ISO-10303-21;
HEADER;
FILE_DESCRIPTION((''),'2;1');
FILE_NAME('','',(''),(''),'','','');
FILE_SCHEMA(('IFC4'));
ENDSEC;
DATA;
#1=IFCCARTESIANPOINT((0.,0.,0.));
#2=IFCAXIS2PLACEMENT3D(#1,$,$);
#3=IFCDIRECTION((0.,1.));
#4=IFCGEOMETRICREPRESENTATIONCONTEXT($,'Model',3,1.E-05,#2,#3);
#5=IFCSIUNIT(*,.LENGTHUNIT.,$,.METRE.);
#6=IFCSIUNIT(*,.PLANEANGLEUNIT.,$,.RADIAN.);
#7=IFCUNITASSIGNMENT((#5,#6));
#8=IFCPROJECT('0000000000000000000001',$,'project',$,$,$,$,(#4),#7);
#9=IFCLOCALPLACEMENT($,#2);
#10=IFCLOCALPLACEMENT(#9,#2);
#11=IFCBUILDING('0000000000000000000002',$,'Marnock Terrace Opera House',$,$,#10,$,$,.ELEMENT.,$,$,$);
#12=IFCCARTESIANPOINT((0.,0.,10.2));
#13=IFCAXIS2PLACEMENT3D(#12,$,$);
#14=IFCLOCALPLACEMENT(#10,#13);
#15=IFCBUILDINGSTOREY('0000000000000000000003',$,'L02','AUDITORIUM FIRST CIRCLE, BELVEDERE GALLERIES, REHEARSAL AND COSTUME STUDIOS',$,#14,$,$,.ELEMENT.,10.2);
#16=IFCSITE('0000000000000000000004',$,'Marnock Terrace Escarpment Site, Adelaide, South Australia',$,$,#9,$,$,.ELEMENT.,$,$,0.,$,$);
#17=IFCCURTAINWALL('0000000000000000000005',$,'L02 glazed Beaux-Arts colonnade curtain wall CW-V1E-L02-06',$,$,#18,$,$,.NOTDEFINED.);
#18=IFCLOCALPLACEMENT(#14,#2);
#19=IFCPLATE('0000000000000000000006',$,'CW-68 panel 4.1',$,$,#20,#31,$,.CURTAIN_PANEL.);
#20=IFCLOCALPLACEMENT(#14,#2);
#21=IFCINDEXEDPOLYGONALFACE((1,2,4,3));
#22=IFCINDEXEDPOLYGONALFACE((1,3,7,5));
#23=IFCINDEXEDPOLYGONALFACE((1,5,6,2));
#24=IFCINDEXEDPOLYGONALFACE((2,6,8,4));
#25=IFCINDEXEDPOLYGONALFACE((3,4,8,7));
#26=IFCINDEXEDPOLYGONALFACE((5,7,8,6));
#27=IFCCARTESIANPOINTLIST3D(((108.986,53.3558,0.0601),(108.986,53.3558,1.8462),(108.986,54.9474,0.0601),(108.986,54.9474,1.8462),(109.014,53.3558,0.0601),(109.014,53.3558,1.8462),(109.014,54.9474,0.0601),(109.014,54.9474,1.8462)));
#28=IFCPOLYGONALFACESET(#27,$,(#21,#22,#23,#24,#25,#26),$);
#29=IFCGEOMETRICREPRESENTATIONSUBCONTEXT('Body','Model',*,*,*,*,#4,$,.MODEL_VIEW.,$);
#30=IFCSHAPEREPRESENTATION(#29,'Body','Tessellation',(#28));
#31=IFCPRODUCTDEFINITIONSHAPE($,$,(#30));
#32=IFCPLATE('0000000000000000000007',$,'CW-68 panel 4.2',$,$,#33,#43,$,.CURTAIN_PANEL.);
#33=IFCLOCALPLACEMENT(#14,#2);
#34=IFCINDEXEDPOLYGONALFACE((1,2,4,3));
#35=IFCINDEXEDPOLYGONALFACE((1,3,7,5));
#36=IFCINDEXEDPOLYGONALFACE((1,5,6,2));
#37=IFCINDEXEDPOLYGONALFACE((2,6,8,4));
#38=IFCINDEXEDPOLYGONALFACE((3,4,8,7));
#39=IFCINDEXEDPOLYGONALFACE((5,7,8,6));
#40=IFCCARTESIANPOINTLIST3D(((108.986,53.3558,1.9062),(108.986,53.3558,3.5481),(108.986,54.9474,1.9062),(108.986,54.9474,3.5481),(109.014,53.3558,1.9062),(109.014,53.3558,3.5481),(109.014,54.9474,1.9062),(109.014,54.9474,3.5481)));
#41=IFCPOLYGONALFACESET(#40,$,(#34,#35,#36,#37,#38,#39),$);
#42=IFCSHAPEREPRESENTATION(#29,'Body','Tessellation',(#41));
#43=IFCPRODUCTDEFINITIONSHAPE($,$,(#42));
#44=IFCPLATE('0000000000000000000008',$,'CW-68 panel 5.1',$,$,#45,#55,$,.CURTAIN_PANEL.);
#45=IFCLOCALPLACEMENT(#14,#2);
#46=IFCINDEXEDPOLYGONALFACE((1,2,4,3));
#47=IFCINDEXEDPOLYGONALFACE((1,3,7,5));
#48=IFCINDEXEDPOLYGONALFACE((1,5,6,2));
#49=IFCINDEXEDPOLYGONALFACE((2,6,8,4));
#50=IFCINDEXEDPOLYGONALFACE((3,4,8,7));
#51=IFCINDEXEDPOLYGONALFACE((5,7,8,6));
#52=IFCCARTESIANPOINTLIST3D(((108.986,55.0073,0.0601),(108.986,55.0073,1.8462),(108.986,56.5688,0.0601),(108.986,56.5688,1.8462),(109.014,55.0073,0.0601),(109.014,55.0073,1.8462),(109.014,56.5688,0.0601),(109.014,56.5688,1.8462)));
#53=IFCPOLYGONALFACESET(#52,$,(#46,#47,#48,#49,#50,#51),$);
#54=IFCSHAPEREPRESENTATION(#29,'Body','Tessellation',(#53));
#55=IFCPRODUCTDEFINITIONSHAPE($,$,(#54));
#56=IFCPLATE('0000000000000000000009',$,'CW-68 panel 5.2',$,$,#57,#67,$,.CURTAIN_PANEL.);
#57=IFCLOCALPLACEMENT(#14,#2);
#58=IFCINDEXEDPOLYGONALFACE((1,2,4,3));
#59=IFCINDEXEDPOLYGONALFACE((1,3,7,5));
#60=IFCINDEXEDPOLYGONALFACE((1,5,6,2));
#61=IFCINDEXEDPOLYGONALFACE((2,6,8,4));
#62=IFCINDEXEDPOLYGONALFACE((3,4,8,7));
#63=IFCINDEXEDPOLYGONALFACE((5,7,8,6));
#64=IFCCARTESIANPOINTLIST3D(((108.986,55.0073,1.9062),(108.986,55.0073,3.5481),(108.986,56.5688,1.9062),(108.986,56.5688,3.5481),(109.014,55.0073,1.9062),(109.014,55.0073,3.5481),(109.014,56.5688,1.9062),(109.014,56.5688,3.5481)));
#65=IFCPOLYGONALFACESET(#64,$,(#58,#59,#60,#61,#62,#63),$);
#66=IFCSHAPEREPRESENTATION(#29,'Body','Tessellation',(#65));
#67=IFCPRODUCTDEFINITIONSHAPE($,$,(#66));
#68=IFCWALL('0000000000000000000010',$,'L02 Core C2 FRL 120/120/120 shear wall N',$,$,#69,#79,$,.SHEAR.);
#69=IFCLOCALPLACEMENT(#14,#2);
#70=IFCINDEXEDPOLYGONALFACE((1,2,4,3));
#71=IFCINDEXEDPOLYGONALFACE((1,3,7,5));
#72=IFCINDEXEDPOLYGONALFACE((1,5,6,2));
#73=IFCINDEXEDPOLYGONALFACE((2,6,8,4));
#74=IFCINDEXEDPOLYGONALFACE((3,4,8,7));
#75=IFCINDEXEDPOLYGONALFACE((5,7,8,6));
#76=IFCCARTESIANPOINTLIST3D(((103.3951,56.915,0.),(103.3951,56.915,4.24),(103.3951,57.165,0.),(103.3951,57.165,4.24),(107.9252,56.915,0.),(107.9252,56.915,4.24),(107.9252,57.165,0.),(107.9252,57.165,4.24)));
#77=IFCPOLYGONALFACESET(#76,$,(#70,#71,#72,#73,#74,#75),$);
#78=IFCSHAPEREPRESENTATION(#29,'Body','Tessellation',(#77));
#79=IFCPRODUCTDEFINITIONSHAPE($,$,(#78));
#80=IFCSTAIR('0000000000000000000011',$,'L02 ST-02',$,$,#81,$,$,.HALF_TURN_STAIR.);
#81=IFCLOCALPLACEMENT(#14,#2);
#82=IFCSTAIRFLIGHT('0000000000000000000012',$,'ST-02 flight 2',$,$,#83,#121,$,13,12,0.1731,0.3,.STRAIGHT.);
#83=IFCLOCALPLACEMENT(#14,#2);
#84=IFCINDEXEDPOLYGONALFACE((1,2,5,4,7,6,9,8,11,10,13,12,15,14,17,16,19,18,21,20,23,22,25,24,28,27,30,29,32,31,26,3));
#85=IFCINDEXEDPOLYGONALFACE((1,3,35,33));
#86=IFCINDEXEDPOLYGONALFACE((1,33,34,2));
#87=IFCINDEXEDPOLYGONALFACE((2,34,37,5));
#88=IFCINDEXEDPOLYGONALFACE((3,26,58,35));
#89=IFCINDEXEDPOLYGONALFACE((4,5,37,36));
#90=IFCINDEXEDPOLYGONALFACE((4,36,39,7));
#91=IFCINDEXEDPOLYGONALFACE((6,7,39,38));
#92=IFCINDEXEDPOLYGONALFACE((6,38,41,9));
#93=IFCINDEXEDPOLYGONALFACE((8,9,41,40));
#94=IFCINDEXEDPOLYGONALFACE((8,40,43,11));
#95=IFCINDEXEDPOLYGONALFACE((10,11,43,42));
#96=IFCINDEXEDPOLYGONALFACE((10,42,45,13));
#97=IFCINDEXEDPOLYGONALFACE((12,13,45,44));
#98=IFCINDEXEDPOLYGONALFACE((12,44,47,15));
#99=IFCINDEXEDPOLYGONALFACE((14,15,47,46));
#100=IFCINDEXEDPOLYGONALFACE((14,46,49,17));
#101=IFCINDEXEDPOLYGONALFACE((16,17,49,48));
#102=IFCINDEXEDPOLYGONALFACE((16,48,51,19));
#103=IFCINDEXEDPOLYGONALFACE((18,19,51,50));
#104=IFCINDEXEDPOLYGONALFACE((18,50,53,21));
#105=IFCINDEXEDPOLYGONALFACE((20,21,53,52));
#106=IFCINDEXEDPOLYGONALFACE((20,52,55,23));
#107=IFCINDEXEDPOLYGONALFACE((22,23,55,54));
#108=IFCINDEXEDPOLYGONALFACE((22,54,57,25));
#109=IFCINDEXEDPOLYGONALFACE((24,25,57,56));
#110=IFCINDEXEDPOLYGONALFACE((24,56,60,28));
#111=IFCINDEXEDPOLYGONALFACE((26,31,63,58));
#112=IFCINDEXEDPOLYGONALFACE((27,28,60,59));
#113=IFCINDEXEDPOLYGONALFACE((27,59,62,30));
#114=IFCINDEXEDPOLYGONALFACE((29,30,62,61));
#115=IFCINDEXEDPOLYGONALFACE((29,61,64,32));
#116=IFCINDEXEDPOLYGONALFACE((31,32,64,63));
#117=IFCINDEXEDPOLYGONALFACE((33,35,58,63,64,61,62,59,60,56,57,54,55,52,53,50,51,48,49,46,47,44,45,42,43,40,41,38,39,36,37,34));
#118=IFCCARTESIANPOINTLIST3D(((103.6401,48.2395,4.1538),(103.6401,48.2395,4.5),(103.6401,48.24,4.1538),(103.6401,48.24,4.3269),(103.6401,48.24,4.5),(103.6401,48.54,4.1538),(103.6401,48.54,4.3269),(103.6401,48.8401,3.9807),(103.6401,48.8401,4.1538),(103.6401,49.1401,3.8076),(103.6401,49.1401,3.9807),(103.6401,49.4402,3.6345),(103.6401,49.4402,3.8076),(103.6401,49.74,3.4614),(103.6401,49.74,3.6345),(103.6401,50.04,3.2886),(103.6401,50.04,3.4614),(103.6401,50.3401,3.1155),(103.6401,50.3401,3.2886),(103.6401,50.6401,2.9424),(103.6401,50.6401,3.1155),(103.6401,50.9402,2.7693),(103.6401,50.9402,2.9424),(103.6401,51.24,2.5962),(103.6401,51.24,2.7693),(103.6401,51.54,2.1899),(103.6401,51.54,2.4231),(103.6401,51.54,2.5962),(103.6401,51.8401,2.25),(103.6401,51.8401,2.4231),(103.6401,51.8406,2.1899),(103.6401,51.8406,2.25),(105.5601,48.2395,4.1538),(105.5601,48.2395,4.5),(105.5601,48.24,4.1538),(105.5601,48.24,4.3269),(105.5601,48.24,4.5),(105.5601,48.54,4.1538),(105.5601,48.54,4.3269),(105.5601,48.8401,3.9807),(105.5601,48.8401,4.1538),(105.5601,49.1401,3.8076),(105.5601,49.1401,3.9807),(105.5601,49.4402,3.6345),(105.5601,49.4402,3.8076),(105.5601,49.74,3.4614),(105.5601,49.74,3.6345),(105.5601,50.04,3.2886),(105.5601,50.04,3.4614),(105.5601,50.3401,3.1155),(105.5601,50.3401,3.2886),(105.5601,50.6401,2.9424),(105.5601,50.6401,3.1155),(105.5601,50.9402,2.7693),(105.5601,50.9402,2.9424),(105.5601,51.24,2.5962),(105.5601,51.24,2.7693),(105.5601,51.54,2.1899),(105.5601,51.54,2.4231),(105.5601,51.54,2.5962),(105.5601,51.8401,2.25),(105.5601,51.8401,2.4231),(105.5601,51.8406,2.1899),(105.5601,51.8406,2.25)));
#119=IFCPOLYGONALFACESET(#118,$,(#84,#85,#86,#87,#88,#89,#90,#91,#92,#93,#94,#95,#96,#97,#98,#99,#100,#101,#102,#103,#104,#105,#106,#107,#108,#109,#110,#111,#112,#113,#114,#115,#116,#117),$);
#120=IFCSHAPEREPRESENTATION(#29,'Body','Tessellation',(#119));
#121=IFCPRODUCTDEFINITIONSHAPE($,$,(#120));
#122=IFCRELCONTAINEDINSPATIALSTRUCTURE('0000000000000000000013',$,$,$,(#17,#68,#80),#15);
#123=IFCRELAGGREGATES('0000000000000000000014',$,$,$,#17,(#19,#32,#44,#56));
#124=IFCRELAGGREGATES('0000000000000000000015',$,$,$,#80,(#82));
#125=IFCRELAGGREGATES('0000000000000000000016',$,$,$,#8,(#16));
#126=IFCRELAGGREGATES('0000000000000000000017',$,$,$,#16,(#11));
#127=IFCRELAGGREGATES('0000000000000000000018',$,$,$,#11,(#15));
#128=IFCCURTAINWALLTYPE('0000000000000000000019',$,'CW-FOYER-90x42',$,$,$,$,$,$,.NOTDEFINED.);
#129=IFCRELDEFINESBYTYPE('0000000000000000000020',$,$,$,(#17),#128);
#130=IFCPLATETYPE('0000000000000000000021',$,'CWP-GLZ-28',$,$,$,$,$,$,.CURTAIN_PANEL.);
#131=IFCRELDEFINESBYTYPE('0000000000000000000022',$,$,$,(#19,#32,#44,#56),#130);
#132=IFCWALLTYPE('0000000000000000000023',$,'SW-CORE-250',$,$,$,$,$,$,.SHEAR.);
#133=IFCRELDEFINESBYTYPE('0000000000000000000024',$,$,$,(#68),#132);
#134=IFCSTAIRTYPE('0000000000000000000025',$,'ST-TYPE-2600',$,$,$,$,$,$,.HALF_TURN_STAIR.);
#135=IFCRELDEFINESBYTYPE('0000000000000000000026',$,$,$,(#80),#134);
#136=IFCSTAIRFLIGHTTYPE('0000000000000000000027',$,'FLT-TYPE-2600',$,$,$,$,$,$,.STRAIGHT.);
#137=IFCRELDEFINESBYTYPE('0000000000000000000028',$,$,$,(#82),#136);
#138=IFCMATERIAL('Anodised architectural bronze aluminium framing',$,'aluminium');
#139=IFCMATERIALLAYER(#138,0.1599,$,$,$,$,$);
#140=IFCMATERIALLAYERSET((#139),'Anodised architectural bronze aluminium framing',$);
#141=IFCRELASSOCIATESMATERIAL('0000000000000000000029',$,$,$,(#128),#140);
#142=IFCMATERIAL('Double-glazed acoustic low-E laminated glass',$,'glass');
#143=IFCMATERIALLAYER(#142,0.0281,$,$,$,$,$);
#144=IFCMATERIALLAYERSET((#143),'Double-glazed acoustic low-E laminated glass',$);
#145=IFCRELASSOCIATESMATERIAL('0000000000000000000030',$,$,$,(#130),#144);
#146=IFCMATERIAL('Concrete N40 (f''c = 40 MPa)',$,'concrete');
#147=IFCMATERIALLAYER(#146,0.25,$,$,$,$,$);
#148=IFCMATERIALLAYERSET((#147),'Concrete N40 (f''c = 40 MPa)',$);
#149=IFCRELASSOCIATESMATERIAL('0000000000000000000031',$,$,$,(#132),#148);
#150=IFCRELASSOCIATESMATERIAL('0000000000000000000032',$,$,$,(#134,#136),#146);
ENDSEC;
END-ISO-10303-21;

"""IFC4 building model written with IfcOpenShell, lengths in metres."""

from ifc_helpers import new_model, si_unit, direction, frame, frame_2d, origin, origin_2d, place, context, subcontext, project, spatial, polyline, rectangle, outline, extrude, material, layer, layer_set, type_object, element, aggregate, save


model = new_model("IFC4")

# Units and contexts
model_context = context("Model", 3, precision=1e-05, world=origin(), true_north=direction((0.0, 1.0)))
body_context = subcontext(model_context, "Body", "Model", "MODEL_VIEW")
ifc_project = project(units=[si_unit("LENGTHUNIT", "METRE"), si_unit("PLANEANGLEUNIT", "RADIAN")], contexts=[model_context])

# Site, building, storey
site_placement = place(None, origin())
site = spatial("IfcSite", under=ifc_project, at=site_placement, Name="Marnock Terrace Escarpment Site, Adelaide, South Australia", CompositionType="ELEMENT", RefElevation=0.0)
building_placement = place(site_placement, origin())
building = spatial("IfcBuilding", under=site, at=building_placement, Name="Marnock Terrace Opera House", CompositionType="ELEMENT")
storey_placement = place(building_placement, frame((0.0, 0.0, 10.2)))
storey = spatial("IfcBuildingStorey", under=building, at=storey_placement, Name="L02", Description="AUDITORIUM FIRST CIRCLE, BELVEDERE GALLERIES, REHEARSAL AND COSTUME STUDIOS", CompositionType="ELEMENT", Elevation=10.2)

# Curtain wall, plates
ifc_material_1 = material(Name="Anodised architectural bronze aluminium framing", Category="aluminium")
ifc_layer_1 = layer(ifc_material_1, 0.1599)
ifc_layer_set_1 = layer_set([ifc_layer_1], Name="Anodised architectural bronze aluminium framing")
curtain_wall_type = type_object("IfcCurtainWallType", Name="CW-FOYER-90x42", PredefinedType="NOTDEFINED", material=ifc_layer_set_1)
curtain_wall_placement = place(storey_placement, origin())
curtain_wall = element("IfcCurtainWall", 1, at=curtain_wall_placement, inside=storey, type_object=curtain_wall_type, Name="L02 glazed Beaux-Arts colonnade curtain wall CW-V1E-L02-06", PredefinedType="NOTDEFINED")
ifc_material_2 = material(Name="Double-glazed acoustic low-E laminated glass", Category="glass")
ifc_layer_2 = layer(ifc_material_2, 0.0281)
ifc_layer_set_2 = layer_set([ifc_layer_2], Name="Double-glazed acoustic low-E laminated glass")
plate_type = type_object("IfcPlateType", Name="CWP-GLZ-28", PredefinedType="CURTAIN_PANEL", material=ifc_layer_set_2)
plate_1_placement = place(storey_placement, frame((109.0, 54.1516, 0.0601), z_axis=(0.0, 0.0, 1.0), x_axis=(0.0, 1.0, 0.0)))
plate_1 = element("IfcPlate", 2, at=plate_1_placement, type_object=plate_type, Name="CW-68 panel 4.1", PredefinedType="CURTAIN_PANEL", context=body_context, shape_type="SweptSolid", body=[
    extrude(rectangle(XDim=1.5916, YDim=0.0281, at=origin_2d()), origin(), (0.0, 0.0, 1.0), 1.7861),
])
plate_2_placement = place(storey_placement, frame((109.0, 54.1516, 1.9062), z_axis=(0.0, 0.0, 1.0), x_axis=(0.0, 1.0, 0.0)))
plate_2 = element("IfcPlate", 3, at=plate_2_placement, type_object=plate_type, Name="CW-68 panel 4.2", PredefinedType="CURTAIN_PANEL", context=body_context, shape_type="SweptSolid", body=[
    extrude(rectangle(XDim=1.5916, YDim=0.0281, at=origin_2d()), origin(), (0.0, 0.0, 1.0), 1.6418),
])
plate_3_placement = place(storey_placement, frame((109.0, 55.7881, 0.0601), z_axis=(0.0, 0.0, 1.0), x_axis=(0.0, 1.0, 0.0)))
plate_3 = element("IfcPlate", 4, at=plate_3_placement, type_object=plate_type, Name="CW-68 panel 5.1", PredefinedType="CURTAIN_PANEL", context=body_context, shape_type="SweptSolid", body=[
    extrude(rectangle(XDim=1.5615, YDim=0.0281, at=origin_2d()), origin(), (0.0, 0.0, 1.0), 1.7861),
])
plate_4_placement = place(storey_placement, frame((109.0, 55.7881, 1.9062), z_axis=(0.0, 0.0, 1.0), x_axis=(0.0, 1.0, 0.0)))
plate_4 = element("IfcPlate", 5, at=plate_4_placement, type_object=plate_type, Name="CW-68 panel 5.2", PredefinedType="CURTAIN_PANEL", context=body_context, shape_type="SweptSolid", body=[
    extrude(rectangle(XDim=1.5615, YDim=0.0281, at=origin_2d()), origin(), (0.0, 0.0, 1.0), 1.6418),
])
aggregate(curtain_wall, [plate_1, plate_2, plate_3, plate_4])

# Wall
ifc_material_3 = material(Name="Concrete N40 (f'c = 40 MPa)", Category="concrete")
ifc_layer_3 = layer(ifc_material_3, 0.25)
ifc_layer_set_3 = layer_set([ifc_layer_3], Name="Concrete N40 (f'c = 40 MPa)")
wall_type = type_object("IfcWallType", Name="SW-CORE-250", PredefinedType="SHEAR", material=ifc_layer_set_3)
wall_placement = place(storey_placement, frame((103.395, 57.04, 0.0), z_axis=(0.0, 0.0, 1.0), x_axis=(1.0, 0.0, 0.0)))
element("IfcWall", 6, at=wall_placement, inside=storey, type_object=wall_type, Name="L02 Core C2 FRL 120/120/120 shear wall N", PredefinedType="SHEAR", context=body_context, shape_type="SweptSolid", body=[
    extrude(rectangle(XDim=4.53, YDim=0.25, at=frame_2d((2.2651, 0.0))), origin(), (0.0, 0.0, 1.0), 4.24),
])

# Stair, stair flight
stair_type = type_object("IfcStairType", Name="ST-TYPE-2600", PredefinedType="HALF_TURN_STAIR", material=ifc_material_3)
stair_placement = place(storey_placement, origin())
stair = element("IfcStair", 7, at=stair_placement, inside=storey, type_object=stair_type, Name="L02 ST-02", PredefinedType="HALF_TURN_STAIR")
stair_flight_type = type_object("IfcStairFlightType", Name="FLT-TYPE-2600", PredefinedType="STRAIGHT", material=ifc_material_3)
stair_flight_placement = place(storey_placement, frame((104.6001, 51.8401, 2.25), z_axis=(0.0, 0.0, 1.0), x_axis=(0.0, -1.0, 0.0)))
stair_flight = element("IfcStairFlight", 8, at=stair_flight_placement, type_object=stair_flight_type, Name="ST-02 flight 2", NumberOfRisers=13, NumberOfTreads=12, PredefinedType="STRAIGHT", RiserHeight=0.1731, TreadLength=0.3, context=body_context, shape_type="SweptSolid", body=[
    extrude(outline(polyline([(-0.0005, -0.0601), (-0.0005, 0.0), (0.0, 0.0), (0.0, 0.1731), (0.3, 0.1731), (0.3, 0.3462), (0.6001, 0.3462), (0.6001, 0.5193), (0.8999, 0.5193), (0.8999, 0.6924), (1.2, 0.6924), (1.2, 0.8655), (1.5, 0.8655), (1.5, 1.0386), (1.8, 1.0386), (1.8, 1.2114), (2.1001, 1.2114), (2.1001, 1.3845), (2.3999, 1.3845), (2.3999, 1.5576), (2.7, 1.5576), (2.7, 1.7307), (3.0, 1.7307), (3.0, 1.9038), (3.3, 1.9038), (3.3, 2.0769), (3.6001, 2.0769), (3.6001, 2.25), (3.6006, 2.25), (3.6006, 1.9038), (3.6001, 1.9038), (0.3, -0.0601), (-0.0005, -0.0601)])), frame((0.0, 0.96, 0.0), z_axis=(0.0, -1.0, 0.0), x_axis=(1.0, 0.0, 0.0)), (0.0, 0.0, 1.0), 1.9199),
])
aggregate(stair, [stair_flight])

save(model, "model.ifc")
